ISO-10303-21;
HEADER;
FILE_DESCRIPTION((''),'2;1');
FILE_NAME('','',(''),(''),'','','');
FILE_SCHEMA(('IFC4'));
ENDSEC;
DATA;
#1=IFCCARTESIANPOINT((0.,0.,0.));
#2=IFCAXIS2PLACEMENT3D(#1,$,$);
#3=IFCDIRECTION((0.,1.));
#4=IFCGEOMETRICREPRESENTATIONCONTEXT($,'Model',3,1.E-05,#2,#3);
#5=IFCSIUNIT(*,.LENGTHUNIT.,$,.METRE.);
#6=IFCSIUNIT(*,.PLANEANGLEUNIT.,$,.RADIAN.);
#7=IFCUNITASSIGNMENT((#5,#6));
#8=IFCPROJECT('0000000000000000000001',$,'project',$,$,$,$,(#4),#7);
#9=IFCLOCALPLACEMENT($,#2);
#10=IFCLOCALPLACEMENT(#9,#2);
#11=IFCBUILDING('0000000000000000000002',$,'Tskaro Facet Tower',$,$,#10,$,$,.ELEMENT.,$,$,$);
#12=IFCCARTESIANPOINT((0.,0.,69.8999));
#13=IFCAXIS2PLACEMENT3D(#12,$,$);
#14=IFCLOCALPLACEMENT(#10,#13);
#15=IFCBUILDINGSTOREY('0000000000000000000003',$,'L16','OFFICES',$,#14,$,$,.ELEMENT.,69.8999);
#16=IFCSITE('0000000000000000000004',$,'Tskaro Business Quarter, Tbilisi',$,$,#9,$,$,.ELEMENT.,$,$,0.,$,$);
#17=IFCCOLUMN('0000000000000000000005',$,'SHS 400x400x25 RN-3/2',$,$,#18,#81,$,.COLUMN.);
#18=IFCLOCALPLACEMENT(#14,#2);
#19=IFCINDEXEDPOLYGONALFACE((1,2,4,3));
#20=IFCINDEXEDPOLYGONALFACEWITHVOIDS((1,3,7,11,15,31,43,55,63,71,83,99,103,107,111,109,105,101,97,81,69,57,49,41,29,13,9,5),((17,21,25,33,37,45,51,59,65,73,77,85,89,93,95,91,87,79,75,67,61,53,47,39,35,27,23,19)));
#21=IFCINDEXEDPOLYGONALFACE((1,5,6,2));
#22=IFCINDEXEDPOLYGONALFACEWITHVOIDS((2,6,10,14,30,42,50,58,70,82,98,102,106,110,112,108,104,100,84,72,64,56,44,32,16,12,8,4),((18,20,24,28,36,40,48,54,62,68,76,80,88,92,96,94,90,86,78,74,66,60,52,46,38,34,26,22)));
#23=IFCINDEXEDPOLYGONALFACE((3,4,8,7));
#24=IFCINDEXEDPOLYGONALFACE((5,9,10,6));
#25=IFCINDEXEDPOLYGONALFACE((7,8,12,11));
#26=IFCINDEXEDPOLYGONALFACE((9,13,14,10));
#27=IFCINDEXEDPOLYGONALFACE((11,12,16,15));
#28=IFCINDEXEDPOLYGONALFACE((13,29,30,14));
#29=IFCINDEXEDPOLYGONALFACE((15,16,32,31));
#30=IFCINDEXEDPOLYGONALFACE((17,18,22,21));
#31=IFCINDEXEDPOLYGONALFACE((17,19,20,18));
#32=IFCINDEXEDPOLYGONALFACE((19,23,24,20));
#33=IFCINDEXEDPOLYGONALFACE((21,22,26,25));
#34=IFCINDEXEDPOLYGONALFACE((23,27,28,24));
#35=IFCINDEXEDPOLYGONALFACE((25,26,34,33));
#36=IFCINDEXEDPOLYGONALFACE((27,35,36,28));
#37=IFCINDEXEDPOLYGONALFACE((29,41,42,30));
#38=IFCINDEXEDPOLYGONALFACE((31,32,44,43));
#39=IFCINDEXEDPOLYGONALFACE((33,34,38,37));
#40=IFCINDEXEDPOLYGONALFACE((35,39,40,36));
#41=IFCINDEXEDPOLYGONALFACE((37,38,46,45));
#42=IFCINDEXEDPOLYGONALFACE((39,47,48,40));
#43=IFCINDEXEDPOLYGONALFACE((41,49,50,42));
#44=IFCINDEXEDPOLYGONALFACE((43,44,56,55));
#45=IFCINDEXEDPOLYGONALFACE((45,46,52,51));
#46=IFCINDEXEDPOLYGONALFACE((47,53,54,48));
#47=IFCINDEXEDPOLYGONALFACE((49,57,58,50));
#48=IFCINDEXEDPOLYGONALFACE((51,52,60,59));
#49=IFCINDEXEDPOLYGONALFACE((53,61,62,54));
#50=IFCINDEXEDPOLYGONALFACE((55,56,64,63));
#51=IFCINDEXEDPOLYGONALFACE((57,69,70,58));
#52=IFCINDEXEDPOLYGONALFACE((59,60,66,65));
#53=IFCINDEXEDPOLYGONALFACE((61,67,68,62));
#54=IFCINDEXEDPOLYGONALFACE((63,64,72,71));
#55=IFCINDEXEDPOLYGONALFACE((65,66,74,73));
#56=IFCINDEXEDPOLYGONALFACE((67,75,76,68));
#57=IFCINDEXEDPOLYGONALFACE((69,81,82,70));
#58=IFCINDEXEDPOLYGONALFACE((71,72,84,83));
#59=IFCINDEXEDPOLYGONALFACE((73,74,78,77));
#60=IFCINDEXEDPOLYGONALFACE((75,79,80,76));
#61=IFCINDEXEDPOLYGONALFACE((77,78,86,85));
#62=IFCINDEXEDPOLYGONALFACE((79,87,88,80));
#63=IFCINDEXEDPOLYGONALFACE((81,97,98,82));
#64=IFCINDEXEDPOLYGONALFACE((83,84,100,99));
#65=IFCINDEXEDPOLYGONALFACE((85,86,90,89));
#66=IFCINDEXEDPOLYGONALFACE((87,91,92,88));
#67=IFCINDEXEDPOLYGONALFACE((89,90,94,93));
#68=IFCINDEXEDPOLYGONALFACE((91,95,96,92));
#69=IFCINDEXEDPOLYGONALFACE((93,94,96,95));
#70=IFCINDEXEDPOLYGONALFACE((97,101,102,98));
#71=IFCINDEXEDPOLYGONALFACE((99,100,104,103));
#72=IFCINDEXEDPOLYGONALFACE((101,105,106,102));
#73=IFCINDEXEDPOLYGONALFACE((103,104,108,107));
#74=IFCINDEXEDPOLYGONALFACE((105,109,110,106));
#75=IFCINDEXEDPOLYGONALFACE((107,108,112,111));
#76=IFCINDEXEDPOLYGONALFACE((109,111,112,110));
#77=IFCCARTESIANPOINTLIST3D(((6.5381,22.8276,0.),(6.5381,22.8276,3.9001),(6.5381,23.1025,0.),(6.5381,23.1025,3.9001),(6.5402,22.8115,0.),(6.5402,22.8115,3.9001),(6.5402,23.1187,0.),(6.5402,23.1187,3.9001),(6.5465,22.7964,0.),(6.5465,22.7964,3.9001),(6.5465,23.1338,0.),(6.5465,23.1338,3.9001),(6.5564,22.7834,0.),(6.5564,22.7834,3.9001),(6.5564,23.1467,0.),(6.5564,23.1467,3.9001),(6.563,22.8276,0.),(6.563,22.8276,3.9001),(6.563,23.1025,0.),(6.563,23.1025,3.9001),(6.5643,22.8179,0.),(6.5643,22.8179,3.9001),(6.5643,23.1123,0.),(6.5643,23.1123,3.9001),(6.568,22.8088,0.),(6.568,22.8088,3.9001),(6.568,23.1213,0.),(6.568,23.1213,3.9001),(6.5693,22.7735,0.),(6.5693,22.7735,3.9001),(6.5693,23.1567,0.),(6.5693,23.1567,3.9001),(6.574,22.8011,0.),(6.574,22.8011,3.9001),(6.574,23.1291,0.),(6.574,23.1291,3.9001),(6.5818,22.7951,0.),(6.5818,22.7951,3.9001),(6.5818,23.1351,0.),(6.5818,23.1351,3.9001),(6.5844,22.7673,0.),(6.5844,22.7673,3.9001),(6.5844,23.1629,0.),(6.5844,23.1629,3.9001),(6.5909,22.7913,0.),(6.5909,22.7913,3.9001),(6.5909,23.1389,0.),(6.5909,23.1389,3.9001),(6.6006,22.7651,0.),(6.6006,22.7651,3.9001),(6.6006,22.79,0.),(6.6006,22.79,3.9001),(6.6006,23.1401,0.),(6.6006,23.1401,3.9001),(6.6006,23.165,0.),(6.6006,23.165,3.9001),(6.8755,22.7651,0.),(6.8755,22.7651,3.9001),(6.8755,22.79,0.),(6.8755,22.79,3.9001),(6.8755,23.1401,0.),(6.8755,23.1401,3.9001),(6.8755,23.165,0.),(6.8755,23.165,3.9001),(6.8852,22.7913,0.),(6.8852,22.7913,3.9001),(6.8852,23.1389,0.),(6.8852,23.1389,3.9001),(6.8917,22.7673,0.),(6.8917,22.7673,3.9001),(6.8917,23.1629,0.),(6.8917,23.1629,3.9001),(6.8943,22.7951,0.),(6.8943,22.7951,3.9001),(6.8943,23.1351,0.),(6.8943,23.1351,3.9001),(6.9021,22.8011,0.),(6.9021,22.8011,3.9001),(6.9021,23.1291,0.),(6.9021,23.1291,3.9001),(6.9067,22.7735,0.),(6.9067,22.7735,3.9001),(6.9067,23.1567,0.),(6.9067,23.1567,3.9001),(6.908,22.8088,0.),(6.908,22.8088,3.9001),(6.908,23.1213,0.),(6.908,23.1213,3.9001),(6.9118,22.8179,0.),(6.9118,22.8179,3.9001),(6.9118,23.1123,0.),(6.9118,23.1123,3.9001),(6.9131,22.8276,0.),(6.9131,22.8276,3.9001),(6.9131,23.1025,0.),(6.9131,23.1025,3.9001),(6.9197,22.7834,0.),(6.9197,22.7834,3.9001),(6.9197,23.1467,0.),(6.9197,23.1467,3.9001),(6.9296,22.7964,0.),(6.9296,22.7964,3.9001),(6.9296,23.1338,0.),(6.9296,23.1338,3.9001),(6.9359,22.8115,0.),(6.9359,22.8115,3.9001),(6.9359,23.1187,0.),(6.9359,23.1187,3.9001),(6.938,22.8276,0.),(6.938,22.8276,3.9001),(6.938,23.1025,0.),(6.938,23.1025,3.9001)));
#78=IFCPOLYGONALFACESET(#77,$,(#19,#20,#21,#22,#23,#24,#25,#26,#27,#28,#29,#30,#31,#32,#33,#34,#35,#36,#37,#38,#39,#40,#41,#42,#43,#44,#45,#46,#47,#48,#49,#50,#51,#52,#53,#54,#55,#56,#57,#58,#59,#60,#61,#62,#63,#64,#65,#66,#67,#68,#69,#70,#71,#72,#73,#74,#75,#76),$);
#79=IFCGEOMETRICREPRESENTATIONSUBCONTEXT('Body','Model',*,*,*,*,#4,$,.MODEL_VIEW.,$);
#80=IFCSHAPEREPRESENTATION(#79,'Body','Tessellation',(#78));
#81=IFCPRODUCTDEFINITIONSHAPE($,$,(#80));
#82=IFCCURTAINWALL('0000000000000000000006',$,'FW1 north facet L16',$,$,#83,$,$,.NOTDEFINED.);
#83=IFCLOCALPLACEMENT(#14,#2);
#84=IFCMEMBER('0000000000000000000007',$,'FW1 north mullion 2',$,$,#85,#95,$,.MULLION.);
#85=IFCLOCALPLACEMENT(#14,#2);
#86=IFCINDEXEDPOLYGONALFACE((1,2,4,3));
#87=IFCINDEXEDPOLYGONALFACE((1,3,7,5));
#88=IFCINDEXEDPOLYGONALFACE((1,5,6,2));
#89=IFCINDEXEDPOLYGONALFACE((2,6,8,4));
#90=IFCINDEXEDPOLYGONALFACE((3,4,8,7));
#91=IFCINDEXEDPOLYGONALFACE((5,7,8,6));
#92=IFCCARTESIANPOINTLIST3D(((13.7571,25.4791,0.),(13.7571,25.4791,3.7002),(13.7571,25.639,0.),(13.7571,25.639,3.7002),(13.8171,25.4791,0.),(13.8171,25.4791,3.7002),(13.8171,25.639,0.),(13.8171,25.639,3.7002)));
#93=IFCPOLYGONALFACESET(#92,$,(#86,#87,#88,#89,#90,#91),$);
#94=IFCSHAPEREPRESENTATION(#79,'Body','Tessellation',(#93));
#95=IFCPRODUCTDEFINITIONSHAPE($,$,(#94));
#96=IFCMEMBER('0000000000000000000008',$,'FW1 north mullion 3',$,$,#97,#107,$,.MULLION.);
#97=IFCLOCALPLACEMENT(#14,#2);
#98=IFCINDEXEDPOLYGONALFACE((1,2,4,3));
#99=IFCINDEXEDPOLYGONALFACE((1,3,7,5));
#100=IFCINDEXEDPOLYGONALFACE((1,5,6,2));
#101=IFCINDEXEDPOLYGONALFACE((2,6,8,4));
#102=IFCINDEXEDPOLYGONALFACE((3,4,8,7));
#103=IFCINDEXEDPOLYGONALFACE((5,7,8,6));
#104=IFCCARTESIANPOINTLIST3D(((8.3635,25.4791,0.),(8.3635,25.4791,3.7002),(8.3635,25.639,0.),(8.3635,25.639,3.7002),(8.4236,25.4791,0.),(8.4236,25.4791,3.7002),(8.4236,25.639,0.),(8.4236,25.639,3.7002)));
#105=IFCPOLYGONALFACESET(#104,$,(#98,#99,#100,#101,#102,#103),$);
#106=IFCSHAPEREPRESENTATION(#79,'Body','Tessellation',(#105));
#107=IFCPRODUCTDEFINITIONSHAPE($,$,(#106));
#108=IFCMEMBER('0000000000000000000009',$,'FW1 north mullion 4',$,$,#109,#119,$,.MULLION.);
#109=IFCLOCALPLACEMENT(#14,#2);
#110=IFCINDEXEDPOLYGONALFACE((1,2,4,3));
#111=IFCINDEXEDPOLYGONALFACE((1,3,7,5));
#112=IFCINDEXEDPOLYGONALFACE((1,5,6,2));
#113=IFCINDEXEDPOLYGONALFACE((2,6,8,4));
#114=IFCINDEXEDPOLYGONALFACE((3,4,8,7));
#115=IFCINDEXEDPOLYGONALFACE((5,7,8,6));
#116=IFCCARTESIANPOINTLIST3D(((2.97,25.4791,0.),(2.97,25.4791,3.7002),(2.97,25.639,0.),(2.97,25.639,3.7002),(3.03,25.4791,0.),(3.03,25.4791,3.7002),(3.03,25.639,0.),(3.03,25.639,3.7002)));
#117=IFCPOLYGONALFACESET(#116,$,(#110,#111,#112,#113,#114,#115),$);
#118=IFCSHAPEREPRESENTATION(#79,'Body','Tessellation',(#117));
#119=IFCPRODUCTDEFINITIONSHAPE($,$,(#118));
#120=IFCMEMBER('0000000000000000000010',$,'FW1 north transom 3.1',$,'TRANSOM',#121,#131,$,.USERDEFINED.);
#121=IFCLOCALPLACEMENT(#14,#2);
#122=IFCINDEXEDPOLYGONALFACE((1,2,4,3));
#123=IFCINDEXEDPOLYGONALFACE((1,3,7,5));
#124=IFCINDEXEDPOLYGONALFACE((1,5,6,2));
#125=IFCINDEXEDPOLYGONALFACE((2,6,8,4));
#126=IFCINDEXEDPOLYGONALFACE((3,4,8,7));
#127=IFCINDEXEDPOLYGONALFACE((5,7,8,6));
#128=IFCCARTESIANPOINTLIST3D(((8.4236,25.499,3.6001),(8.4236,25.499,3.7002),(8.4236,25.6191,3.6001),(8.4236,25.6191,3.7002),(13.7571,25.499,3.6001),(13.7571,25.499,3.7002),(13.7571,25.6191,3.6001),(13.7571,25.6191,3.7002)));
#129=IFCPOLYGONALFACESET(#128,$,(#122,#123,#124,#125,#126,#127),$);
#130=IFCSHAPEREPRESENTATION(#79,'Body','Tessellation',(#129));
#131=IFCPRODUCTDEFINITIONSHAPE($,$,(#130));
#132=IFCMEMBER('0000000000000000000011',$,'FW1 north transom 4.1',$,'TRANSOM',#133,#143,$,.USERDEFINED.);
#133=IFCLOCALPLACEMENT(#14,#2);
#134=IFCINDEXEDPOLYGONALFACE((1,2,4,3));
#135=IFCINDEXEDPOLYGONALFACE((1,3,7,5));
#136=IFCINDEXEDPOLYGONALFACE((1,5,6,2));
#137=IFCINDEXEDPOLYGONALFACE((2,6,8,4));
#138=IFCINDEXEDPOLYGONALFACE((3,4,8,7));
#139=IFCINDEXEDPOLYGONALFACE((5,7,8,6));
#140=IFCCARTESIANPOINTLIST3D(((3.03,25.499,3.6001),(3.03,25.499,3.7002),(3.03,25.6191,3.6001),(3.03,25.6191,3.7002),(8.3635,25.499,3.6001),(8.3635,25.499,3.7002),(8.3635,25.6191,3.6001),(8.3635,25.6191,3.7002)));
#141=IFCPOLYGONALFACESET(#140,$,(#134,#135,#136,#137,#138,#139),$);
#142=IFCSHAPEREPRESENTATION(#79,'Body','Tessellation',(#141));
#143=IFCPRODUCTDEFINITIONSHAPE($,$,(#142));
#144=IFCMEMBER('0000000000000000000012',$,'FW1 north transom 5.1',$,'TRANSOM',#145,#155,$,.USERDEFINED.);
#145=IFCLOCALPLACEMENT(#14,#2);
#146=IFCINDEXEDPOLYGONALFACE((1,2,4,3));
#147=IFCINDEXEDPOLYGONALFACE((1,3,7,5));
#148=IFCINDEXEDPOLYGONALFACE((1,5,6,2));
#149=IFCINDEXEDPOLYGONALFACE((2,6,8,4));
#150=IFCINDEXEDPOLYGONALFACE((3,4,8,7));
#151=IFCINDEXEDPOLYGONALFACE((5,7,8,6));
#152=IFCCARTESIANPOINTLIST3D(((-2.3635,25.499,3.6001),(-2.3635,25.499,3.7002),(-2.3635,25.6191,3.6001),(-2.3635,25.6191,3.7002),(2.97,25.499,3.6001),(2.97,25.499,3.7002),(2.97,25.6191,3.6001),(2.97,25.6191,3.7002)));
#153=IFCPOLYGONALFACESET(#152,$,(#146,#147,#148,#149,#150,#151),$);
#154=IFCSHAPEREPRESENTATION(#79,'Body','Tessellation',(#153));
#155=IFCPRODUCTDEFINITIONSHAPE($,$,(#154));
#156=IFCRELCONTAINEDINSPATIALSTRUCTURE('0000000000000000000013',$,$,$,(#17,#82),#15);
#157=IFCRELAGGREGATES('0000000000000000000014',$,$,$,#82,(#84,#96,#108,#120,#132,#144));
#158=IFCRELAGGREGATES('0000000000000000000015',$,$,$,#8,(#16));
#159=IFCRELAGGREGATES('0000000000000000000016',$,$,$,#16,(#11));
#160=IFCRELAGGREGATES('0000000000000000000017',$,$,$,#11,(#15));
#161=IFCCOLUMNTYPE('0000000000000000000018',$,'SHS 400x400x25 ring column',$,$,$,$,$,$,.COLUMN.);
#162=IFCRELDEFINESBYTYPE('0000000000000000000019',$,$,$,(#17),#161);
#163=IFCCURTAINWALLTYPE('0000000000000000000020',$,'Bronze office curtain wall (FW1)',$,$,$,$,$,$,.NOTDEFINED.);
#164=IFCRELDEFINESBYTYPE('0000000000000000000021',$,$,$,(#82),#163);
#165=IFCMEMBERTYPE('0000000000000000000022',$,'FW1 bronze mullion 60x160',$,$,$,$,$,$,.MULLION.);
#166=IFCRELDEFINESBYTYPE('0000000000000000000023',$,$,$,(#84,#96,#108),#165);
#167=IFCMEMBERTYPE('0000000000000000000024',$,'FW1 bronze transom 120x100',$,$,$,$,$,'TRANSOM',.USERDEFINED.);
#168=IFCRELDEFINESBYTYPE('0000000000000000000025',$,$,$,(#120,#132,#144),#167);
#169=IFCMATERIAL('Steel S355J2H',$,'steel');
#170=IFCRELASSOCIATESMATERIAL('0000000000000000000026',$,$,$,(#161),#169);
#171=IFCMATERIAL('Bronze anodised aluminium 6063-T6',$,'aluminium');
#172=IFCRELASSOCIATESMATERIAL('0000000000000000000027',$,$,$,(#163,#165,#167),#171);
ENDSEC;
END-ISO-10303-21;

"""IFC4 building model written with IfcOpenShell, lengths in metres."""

from ifc_helpers import new_model, si_unit, direction, frame, origin, origin_2d, place, context, subcontext, project, spatial, rectangle, hollow_rectangle, extrude, material, material_profile, profile_set, type_object, element, aggregate, save


model = new_model("IFC4")

# Units and contexts
model_context = context("Model", 3, precision=1e-05, world=origin(), true_north=direction((0.0, 1.0)))
body_context = subcontext(model_context, "Body", "Model", "MODEL_VIEW")
ifc_project = project(units=[si_unit("LENGTHUNIT", "METRE"), si_unit("PLANEANGLEUNIT", "RADIAN")], contexts=[model_context])

# Site, building, storey
site_placement = place(None, origin())
site = spatial("IfcSite", under=ifc_project, at=site_placement, Name="Tskaro Business Quarter, Tbilisi", CompositionType="ELEMENT", RefElevation=0.0)
building_placement = place(site_placement, origin())
building = spatial("IfcBuilding", under=site, at=building_placement, Name="Tskaro Facet Tower", CompositionType="ELEMENT")
storey_placement = place(building_placement, frame((0.0, 0.0, 69.8999)))
storey = spatial("IfcBuildingStorey", under=building, at=storey_placement, Name="L16", Description="OFFICES", CompositionType="ELEMENT", Elevation=69.8999)

# Column
ifc_material_1 = material(Name="Steel S355J2H", Category="steel")
ifc_material_profile_1 = material_profile(ifc_material_1, hollow_rectangle(XDim=0.3999, YDim=0.3999, WallThickness=0.0249, InnerFilletRadius=0.0376, OuterFilletRadius=0.0625, at=origin_2d()), Name="SHS 400x400x25")
ifc_profile_set_1 = profile_set([ifc_material_profile_1], Name="Steel S355J2H")
column_type_1 = type_object("IfcColumnType", Name="SHS 400x400x25 ring column", PredefinedType="COLUMN", material=ifc_profile_set_1)
for number, where, z_axis, x_axis, name in (
    (1, (6.738, 22.9651, 0.0), (0.0, 0.0, 1.0), (1.0, 0.0, 0.0), "SHS 400x400x25 RN-3/2"),
):
    element("IfcColumn", number, at=place(storey_placement, frame(where, z_axis=z_axis, x_axis=x_axis)), inside=storey, type_object=column_type_1, Name=name, PredefinedType="COLUMN", context=body_context, shape_type="SweptSolid", body=[
        extrude(hollow_rectangle(XDim=0.3999, YDim=0.3999, WallThickness=0.0249, InnerFilletRadius=0.0376, OuterFilletRadius=0.0625, at=origin_2d()), origin(), (0.0, 0.0, 1.0), 3.9001),
    ])

# Curtain wall, members
ifc_material_2 = material(Name="Bronze anodised aluminium 6063-T6", Category="aluminium")
curtain_wall_type = type_object("IfcCurtainWallType", Name="Bronze office curtain wall (FW1)", PredefinedType="NOTDEFINED", material=ifc_material_2)
curtain_wall_placement = place(storey_placement, origin())
curtain_wall = element("IfcCurtainWall", 2, at=curtain_wall_placement, inside=storey, type_object=curtain_wall_type, Name="FW1 north facet L16", PredefinedType="NOTDEFINED")
ifc_material_profile_2 = material_profile(ifc_material_2, rectangle(XDim=0.0601, YDim=0.1599, at=origin_2d()), Name="Mullion 60x160")
ifc_profile_set_2 = profile_set([ifc_material_profile_2], Name="Bronze anodised aluminium 6063-T6")
member_type_1 = type_object("IfcMemberType", Name="FW1 bronze mullion 60x160", PredefinedType="MULLION", material=ifc_profile_set_2)
member_1_placement = place(storey_placement, frame((13.7871, 25.5591, 0.0), z_axis=(0.0, 0.0, 1.0), x_axis=(-1.0, 0.0, 0.0)))
member_1 = element("IfcMember", 3, at=member_1_placement, type_object=member_type_1, Name="FW1 north mullion 2", PredefinedType="MULLION", context=body_context, shape_type="SweptSolid", body=[
    extrude(rectangle(XDim=0.0601, YDim=0.1599, at=origin_2d()), origin(), (0.0, 0.0, 1.0), 3.7002),
])
member_2_placement = place(storey_placement, frame((8.3936, 25.5591, 0.0), z_axis=(0.0, 0.0, 1.0), x_axis=(-1.0, 0.0, 0.0)))
member_2 = element("IfcMember", 4, at=member_2_placement, type_object=member_type_1, Name="FW1 north mullion 3", PredefinedType="MULLION", context=body_context, shape_type="SweptSolid", body=[
    extrude(rectangle(XDim=0.0601, YDim=0.1599, at=origin_2d()), origin(), (0.0, 0.0, 1.0), 3.7002),
])
member_3_placement = place(storey_placement, frame((3.0, 25.5591, 0.0), z_axis=(0.0, 0.0, 1.0), x_axis=(-1.0, 0.0, 0.0)))
member_3 = element("IfcMember", 5, at=member_3_placement, type_object=member_type_1, Name="FW1 north mullion 4", PredefinedType="MULLION", context=body_context, shape_type="SweptSolid", body=[
    extrude(rectangle(XDim=0.0601, YDim=0.1599, at=origin_2d()), origin(), (0.0, 0.0, 1.0), 3.7002),
])
ifc_material_profile_3 = material_profile(ifc_material_2, rectangle(XDim=0.1201, YDim=0.1001, at=origin_2d()), Name="Transom 120x100")
ifc_profile_set_3 = profile_set([ifc_material_profile_3], Name="Bronze anodised aluminium 6063-T6")
member_type_2 = type_object("IfcMemberType", Name="FW1 bronze transom 120x100", ElementType="TRANSOM", PredefinedType="USERDEFINED", material=ifc_profile_set_3)
member_4_placement = place(storey_placement, frame((13.7571, 25.5591, 3.6501), z_axis=(-1.0, 0.0, 0.0), x_axis=(0.0, -1.0, 0.0)))
member_4 = element("IfcMember", 6, at=member_4_placement, type_object=member_type_2, Name="FW1 north transom 3.1", ObjectType="TRANSOM", PredefinedType="USERDEFINED", context=body_context, shape_type="SweptSolid", body=[
    extrude(rectangle(XDim=0.1201, YDim=0.1001, at=origin_2d()), origin(), (0.0, 0.0, 1.0), 5.3335),
])
member_5_placement = place(storey_placement, frame((8.3635, 25.5591, 3.6501), z_axis=(-1.0, 0.0, 0.0), x_axis=(0.0, -1.0, 0.0)))
member_5 = element("IfcMember", 7, at=member_5_placement, type_object=member_type_2, Name="FW1 north transom 4.1", ObjectType="TRANSOM", PredefinedType="USERDEFINED", context=body_context, shape_type="SweptSolid", body=[
    extrude(rectangle(XDim=0.1201, YDim=0.1001, at=origin_2d()), origin(), (0.0, 0.0, 1.0), 5.3335),
])
member_6_placement = place(storey_placement, frame((2.97, 25.5591, 3.6501), z_axis=(-1.0, 0.0, 0.0), x_axis=(0.0, -1.0, 0.0)))
member_6 = element("IfcMember", 8, at=member_6_placement, type_object=member_type_2, Name="FW1 north transom 5.1", ObjectType="TRANSOM", PredefinedType="USERDEFINED", context=body_context, shape_type="SweptSolid", body=[
    extrude(rectangle(XDim=0.1201, YDim=0.1001, at=origin_2d()), origin(), (0.0, 0.0, 1.0), 5.3335),
])

aggregate(curtain_wall, [member_1, member_2, member_3, member_4, member_5, member_6])

save(model, "model.ifc")
